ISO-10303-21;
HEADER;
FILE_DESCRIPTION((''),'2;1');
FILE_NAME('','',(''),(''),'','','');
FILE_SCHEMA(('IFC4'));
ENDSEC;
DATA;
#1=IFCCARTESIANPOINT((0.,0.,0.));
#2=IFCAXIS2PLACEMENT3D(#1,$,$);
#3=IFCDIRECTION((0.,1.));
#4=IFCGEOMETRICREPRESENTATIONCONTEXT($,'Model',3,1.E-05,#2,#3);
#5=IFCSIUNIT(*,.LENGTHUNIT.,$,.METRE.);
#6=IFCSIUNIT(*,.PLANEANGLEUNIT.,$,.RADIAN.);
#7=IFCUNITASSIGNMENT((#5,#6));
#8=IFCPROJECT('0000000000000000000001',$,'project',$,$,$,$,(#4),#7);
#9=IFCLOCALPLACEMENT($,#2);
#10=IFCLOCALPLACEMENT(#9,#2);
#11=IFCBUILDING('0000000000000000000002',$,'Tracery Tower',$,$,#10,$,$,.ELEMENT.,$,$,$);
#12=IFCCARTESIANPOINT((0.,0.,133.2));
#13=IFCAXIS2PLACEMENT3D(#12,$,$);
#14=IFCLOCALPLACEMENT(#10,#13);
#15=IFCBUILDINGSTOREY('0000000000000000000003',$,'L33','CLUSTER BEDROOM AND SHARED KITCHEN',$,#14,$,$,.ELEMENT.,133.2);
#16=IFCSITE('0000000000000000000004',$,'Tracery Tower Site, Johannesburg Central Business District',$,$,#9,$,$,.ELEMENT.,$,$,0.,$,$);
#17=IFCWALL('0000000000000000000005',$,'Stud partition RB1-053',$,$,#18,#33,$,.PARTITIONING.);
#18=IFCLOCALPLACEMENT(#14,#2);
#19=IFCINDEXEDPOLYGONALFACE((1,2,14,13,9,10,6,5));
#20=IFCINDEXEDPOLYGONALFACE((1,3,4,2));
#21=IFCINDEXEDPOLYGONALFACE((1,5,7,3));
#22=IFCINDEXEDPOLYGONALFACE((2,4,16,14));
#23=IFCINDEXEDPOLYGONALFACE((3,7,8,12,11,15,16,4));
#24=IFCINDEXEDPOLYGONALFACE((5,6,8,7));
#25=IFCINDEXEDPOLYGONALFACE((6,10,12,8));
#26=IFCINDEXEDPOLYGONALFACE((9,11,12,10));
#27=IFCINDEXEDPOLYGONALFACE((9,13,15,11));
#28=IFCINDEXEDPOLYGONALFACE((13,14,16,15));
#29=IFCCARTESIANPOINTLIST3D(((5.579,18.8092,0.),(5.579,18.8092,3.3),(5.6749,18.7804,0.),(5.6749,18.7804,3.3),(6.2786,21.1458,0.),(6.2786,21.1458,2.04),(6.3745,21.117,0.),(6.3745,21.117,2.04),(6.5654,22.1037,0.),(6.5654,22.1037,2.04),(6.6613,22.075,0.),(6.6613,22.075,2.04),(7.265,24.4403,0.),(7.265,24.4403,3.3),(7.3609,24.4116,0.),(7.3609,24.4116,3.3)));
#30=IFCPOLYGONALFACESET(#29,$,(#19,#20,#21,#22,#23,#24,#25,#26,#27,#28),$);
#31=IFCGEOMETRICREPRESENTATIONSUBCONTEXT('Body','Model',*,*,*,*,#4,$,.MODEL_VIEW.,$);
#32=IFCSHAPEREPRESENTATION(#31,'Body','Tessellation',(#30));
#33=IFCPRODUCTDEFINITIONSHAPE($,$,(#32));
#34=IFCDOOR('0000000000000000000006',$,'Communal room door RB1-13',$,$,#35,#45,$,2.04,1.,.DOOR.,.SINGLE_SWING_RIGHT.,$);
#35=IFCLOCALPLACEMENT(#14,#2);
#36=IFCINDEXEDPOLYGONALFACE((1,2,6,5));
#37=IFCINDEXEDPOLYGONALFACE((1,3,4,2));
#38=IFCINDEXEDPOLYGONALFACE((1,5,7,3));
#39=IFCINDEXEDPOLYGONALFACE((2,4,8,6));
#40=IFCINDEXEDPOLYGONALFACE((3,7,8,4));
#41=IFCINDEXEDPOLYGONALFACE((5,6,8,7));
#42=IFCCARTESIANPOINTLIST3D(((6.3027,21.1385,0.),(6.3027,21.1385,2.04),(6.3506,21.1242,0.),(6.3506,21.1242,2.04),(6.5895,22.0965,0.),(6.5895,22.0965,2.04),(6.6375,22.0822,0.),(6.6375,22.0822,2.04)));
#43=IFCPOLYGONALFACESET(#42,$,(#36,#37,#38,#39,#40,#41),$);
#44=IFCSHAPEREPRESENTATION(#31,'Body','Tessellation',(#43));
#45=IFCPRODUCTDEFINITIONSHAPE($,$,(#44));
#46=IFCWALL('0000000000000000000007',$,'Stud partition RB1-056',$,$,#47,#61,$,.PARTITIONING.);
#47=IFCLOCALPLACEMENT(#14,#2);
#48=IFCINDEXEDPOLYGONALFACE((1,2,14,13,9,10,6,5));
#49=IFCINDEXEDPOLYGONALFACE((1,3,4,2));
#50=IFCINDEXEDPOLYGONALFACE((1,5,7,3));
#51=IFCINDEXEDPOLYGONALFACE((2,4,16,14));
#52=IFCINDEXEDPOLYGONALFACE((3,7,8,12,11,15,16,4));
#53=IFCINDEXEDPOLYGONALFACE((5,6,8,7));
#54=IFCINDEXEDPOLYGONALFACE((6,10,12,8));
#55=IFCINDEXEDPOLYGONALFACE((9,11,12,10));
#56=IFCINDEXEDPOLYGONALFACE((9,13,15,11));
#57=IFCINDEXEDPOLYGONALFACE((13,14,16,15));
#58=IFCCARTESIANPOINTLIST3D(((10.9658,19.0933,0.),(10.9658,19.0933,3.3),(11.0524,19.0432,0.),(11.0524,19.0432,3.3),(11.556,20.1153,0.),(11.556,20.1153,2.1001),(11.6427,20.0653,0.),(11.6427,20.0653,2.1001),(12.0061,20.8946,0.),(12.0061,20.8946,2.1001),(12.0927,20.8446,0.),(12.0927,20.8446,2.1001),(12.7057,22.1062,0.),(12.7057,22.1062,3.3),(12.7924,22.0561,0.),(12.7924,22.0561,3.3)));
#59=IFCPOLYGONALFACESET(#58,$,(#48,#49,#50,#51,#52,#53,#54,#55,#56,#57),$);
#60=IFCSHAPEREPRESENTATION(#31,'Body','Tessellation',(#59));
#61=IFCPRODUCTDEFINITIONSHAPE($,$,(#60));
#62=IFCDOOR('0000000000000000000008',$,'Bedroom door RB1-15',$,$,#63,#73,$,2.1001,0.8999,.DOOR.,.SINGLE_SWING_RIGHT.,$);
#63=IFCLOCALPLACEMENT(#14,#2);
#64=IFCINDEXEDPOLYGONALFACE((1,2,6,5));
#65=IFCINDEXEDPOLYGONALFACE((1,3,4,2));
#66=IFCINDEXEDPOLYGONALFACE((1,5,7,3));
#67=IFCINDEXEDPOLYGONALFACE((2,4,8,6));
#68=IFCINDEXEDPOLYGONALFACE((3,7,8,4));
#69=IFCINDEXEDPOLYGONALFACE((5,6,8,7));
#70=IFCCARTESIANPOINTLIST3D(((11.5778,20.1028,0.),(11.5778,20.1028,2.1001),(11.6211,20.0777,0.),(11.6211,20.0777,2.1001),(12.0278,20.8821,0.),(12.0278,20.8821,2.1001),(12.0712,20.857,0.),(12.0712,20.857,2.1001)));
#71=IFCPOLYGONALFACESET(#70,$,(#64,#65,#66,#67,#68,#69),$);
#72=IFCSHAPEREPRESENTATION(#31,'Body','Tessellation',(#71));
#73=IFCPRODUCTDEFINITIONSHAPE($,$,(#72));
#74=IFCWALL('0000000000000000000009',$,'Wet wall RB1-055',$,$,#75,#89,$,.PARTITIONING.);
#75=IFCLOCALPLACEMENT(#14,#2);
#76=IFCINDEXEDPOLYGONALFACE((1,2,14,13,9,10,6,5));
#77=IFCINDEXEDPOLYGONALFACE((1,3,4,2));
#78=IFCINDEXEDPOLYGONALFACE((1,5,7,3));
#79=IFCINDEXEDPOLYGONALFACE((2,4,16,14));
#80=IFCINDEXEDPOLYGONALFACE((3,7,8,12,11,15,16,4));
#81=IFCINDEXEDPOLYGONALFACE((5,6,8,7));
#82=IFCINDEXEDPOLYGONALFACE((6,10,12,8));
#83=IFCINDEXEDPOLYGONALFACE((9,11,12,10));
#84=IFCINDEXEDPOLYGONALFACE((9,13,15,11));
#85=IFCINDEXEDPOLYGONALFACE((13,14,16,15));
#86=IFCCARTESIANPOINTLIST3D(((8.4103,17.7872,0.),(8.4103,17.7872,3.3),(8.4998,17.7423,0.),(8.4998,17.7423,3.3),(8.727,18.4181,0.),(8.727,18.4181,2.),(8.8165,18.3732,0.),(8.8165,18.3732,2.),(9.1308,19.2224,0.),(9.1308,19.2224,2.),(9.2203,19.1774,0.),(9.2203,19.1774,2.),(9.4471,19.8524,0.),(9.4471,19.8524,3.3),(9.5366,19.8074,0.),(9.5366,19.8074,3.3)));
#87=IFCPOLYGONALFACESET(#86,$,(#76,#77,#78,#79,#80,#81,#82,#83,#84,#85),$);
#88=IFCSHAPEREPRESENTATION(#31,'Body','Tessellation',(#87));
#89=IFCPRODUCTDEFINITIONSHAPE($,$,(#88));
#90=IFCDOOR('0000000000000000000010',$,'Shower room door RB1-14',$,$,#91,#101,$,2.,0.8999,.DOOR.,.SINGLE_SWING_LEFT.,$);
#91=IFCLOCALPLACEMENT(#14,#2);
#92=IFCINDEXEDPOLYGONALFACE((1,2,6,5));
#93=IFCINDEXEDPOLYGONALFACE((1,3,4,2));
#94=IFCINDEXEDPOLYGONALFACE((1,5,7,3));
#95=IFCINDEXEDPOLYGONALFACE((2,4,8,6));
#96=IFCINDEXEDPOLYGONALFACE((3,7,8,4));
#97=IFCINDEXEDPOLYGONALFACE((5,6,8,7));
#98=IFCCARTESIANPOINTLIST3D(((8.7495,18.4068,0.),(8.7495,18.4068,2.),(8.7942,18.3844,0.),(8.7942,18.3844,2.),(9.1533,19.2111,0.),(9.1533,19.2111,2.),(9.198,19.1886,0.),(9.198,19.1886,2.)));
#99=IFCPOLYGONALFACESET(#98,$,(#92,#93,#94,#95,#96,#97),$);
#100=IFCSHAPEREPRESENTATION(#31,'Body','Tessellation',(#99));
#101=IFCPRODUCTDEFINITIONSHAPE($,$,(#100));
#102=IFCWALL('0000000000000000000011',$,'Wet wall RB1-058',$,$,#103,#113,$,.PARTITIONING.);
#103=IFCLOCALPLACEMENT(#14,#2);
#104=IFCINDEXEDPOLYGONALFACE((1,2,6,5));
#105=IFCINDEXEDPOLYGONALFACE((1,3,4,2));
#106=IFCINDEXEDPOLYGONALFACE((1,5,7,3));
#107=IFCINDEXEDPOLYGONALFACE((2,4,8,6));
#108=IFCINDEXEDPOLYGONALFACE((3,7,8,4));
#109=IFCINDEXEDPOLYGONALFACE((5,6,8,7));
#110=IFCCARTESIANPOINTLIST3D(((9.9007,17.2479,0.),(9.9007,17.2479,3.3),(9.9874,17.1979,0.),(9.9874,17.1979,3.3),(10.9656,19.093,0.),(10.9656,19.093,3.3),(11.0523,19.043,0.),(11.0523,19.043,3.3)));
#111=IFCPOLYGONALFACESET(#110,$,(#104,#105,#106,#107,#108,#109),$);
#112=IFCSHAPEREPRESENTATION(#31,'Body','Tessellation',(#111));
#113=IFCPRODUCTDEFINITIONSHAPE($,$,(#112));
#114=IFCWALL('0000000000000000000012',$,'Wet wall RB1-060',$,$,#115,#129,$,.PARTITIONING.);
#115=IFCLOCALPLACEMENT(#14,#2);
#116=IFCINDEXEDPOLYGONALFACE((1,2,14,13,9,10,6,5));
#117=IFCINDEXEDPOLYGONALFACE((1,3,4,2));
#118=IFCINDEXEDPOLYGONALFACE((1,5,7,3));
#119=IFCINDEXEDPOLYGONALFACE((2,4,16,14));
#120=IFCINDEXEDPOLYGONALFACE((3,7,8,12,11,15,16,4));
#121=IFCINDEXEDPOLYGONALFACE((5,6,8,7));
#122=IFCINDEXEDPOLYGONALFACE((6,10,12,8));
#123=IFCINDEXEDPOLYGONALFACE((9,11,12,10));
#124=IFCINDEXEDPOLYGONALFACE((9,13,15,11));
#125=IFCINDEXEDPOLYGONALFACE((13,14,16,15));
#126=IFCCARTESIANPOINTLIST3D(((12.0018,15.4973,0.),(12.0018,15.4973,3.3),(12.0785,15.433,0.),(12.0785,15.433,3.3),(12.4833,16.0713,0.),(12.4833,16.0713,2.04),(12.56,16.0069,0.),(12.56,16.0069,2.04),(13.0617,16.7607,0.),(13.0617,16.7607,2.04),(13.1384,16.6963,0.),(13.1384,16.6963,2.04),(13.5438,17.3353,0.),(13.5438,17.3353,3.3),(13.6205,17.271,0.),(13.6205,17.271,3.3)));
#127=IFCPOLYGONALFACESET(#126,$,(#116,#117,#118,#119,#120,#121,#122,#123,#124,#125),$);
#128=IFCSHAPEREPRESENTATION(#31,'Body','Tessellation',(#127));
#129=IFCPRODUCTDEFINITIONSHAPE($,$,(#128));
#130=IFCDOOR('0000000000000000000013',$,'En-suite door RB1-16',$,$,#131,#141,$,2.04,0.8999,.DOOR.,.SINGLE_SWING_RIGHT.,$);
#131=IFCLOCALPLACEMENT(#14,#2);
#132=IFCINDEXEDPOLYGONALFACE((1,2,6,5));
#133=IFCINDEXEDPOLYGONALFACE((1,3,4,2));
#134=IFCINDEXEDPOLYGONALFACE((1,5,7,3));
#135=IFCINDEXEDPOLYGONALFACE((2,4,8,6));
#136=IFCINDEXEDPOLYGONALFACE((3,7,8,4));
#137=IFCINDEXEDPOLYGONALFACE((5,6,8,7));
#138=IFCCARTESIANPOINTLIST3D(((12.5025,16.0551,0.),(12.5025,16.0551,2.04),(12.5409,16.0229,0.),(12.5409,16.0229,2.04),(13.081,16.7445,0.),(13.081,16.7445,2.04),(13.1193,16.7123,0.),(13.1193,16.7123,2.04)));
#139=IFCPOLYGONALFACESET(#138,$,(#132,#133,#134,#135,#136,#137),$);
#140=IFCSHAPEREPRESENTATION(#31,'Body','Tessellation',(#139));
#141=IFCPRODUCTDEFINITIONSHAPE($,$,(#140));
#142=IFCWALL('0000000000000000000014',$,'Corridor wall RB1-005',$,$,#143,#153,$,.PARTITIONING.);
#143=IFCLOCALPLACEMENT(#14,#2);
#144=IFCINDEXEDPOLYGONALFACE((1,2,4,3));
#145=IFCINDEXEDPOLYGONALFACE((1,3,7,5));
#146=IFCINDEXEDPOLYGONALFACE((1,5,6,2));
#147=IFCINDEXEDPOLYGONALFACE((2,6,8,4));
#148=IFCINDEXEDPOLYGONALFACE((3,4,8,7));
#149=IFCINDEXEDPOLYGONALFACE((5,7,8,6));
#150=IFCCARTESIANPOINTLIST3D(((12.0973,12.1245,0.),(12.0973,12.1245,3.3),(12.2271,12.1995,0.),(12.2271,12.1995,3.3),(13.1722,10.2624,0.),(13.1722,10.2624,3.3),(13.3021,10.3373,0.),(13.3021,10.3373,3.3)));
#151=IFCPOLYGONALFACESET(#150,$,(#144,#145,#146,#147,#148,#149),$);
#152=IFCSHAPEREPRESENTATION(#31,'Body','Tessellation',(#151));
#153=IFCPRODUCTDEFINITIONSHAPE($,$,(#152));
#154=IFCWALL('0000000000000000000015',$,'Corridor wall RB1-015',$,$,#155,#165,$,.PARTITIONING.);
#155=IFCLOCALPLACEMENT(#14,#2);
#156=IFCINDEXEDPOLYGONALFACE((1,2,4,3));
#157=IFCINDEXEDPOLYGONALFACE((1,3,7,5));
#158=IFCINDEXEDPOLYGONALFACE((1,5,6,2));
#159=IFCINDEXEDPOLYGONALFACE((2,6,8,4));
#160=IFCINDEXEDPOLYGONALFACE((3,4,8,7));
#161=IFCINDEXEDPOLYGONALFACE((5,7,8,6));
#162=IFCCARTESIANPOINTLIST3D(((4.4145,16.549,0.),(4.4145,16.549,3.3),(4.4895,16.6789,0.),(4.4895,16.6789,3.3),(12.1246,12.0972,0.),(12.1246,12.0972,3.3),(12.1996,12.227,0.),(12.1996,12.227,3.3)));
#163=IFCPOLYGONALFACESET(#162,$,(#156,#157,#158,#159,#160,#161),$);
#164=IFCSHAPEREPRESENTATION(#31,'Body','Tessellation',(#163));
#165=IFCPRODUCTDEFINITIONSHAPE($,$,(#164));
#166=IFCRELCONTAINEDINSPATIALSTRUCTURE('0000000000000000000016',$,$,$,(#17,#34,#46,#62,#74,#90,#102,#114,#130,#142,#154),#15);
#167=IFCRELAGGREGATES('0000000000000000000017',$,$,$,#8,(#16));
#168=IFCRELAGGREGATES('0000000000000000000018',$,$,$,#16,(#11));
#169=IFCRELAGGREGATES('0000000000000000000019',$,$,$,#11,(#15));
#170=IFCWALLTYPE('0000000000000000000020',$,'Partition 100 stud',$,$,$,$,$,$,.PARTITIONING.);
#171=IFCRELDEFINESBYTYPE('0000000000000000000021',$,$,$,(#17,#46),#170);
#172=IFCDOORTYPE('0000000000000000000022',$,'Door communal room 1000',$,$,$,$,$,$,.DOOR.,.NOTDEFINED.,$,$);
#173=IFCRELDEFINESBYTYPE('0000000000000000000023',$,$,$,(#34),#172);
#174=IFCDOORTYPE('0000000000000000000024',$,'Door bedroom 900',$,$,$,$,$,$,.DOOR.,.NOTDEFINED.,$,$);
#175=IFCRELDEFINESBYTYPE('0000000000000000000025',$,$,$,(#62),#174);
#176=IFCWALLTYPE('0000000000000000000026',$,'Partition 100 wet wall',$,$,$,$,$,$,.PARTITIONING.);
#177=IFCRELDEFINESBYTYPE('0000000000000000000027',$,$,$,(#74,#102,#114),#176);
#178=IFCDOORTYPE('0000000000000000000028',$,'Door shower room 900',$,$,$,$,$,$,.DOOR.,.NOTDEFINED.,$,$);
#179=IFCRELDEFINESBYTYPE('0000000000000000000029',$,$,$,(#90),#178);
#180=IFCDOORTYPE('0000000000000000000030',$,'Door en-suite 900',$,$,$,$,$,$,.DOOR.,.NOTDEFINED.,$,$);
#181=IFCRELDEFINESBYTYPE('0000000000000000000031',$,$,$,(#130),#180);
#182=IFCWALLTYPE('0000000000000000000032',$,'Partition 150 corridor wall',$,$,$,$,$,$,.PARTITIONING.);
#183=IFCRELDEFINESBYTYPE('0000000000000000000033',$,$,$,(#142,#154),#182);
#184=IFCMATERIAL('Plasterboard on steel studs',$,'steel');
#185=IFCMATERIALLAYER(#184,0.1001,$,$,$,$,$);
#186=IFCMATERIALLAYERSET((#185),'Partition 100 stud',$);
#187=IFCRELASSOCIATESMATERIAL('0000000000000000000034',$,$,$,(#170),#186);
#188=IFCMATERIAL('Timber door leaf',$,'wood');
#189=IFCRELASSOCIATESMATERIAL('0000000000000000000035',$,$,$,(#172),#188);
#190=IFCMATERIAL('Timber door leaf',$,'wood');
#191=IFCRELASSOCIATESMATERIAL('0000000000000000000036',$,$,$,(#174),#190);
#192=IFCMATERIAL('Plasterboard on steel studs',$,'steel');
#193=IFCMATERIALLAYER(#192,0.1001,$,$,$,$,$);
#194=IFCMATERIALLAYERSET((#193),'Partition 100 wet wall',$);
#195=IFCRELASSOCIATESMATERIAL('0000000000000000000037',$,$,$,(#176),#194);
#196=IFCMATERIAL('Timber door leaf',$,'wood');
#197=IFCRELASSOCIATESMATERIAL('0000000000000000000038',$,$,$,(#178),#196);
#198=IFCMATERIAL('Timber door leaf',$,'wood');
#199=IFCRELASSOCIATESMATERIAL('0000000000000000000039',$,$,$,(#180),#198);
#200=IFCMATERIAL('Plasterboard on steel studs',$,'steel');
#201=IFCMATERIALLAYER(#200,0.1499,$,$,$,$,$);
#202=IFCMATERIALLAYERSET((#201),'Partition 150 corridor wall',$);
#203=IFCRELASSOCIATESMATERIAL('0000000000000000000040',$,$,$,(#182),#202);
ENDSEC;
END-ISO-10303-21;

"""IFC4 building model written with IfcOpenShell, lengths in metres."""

from ifc_helpers import new_model, si_unit, direction, frame, frame_2d, origin, place, context, subcontext, project, spatial, rectangle, extrude, material, layer, layer_set, type_object, element, fill, save


model = new_model("IFC4")

# Units and contexts
model_context = context("Model", 3, precision=1e-05, world=origin(), true_north=direction((0.0, 1.0)))
body_context = subcontext(model_context, "Body", "Model", "MODEL_VIEW")
ifc_project = project(units=[si_unit("LENGTHUNIT", "METRE"), si_unit("PLANEANGLEUNIT", "RADIAN")], contexts=[model_context])

# Site, building, storey
site_placement = place(None, origin())
site = spatial("IfcSite", under=ifc_project, at=site_placement, Name="Tracery Tower Site, Johannesburg Central Business District", CompositionType="ELEMENT", RefElevation=0.0)
building_placement = place(site_placement, origin())
building = spatial("IfcBuilding", under=site, at=building_placement, Name="Tracery Tower", CompositionType="ELEMENT")
storey_placement = place(building_placement, frame((0.0, 0.0, 133.2)))
storey = spatial("IfcBuildingStorey", under=building, at=storey_placement, Name="L33", Description="CLUSTER BEDROOM AND SHARED KITCHEN", CompositionType="ELEMENT", Elevation=133.2)

# Walls, openings, doors
ifc_material_1 = material(Name="Plasterboard on steel studs", Category="steel")
ifc_layer_1 = layer(ifc_material_1, 0.1001)
ifc_layer_set_1 = layer_set([ifc_layer_1], Name="Partition 100 stud")
wall_type_1 = type_object("IfcWallType", Name="Partition 100 stud", PredefinedType="PARTITIONING", material=ifc_layer_set_1)
wall_1_placement = place(storey_placement, frame((5.627, 18.7949, 0.0), z_axis=(0.0, 0.0, 1.0), x_axis=(0.286833, 0.95798, 0.0)))
wall_1 = element("IfcWall", 1, at=wall_1_placement, inside=storey, type_object=wall_type_1, Name="Stud partition RB1-053", PredefinedType="PARTITIONING", context=body_context, shape_type="SweptSolid", body=[
    extrude(rectangle(XDim=5.8782, YDim=0.1001, at=frame_2d((2.939, 0.0))), origin(), (0.0, 0.0, 1.0), 3.3),
])
opening_1_placement = place(wall_1_placement, frame((2.439, 0.0, 0.0)))
opening_1 = element("IfcOpeningElement", 2, at=opening_1_placement, cuts=wall_1, PredefinedType="OPENING", context=body_context, shape_type="SweptSolid", body=[
    extrude(rectangle(XDim=1.0, YDim=2.04, at=frame_2d((0.5, 1.02))), frame((0.0, 0.05, 0.0), z_axis=(0.0, -1.0, 0.0), x_axis=(1.0, 0.0, 0.0)), (0.0, 0.0, 1.0), 0.1001),
])
ifc_material_2 = material(Name="Timber door leaf", Category="wood")
door_type_1 = type_object("IfcDoorType", Name="Door communal room 1000", OperationType="NOTDEFINED", PredefinedType="DOOR", material=ifc_material_2)
door_1_placement = place(opening_1_placement, origin())
door_1 = element("IfcDoor", 3, at=door_1_placement, inside=storey, type_object=door_type_1, Name="Communal room door RB1-13", OperationType="SINGLE_SWING_RIGHT", OverallHeight=2.04, OverallWidth=1.0, PredefinedType="DOOR", context=body_context, shape_type="SweptSolid", body=[
    extrude(rectangle(XDim=1.0, YDim=2.04, at=frame_2d((0.5, 1.02))), frame((0.0, 0.0249, 0.0), z_axis=(0.0, -1.0, 0.0), x_axis=(1.0, 0.0, 0.0)), (0.0, 0.0, 1.0), 0.05),
])
fill(opening_1, door_1)
wall_2_placement = place(storey_placement, frame((11.009, 19.0681, 0.0), z_axis=(0.0, 0.0, 1.0), x_axis=(0.500101, 0.865967, 0.0)))
wall_2 = element("IfcWall", 4, at=wall_2_placement, inside=storey, type_object=wall_type_1, Name="Stud partition RB1-056", PredefinedType="PARTITIONING", context=body_context, shape_type="SweptSolid", body=[
    extrude(rectangle(XDim=3.4792, YDim=0.1001, at=frame_2d((1.7397, 0.0))), origin(), (0.0, 0.0, 1.0), 3.3),
])
opening_2_placement = place(wall_2_placement, frame((1.1804, 0.0, 0.0)))
opening_2 = element("IfcOpeningElement", 5, at=opening_2_placement, cuts=wall_2, PredefinedType="OPENING", context=body_context, shape_type="SweptSolid", body=[
    extrude(rectangle(XDim=0.8999, YDim=2.1001, at=frame_2d((0.45, 1.05))), frame((0.0, 0.05, 0.0), z_axis=(0.0, -1.0, 0.0), x_axis=(1.0, 0.0, 0.0)), (0.0, 0.0, 1.0), 0.1001),
])
ifc_material_3 = material(Name="Timber door leaf", Category="wood")
door_type_2 = type_object("IfcDoorType", Name="Door bedroom 900", OperationType="NOTDEFINED", PredefinedType="DOOR", material=ifc_material_3)
door_2_placement = place(opening_2_placement, origin())
door_2 = element("IfcDoor", 6, at=door_2_placement, inside=storey, type_object=door_type_2, Name="Bedroom door RB1-15", OperationType="SINGLE_SWING_RIGHT", OverallHeight=2.1001, OverallWidth=0.8999, PredefinedType="DOOR", context=body_context, shape_type="SweptSolid", body=[
    extrude(rectangle(XDim=0.8999, YDim=2.1001, at=frame_2d((0.45, 1.05))), frame((0.0, 0.0249, 0.0), z_axis=(0.0, -1.0, 0.0), x_axis=(1.0, 0.0, 0.0)), (0.0, 0.0, 1.0), 0.05),
])
fill(opening_2, door_2)
ifc_material_4 = material(Name="Plasterboard on steel studs", Category="steel")
ifc_layer_2 = layer(ifc_material_4, 0.1001)
ifc_layer_set_2 = layer_set([ifc_layer_2], Name="Partition 100 wet wall")
wall_type_2 = type_object("IfcWallType", Name="Partition 100 wet wall", PredefinedType="PARTITIONING", material=ifc_layer_set_2)
wall_3_placement = place(storey_placement, frame((8.4551, 17.7649, 0.0), z_axis=(0.0, 0.0, 1.0), x_axis=(0.448692, 0.893686, 0.0)))
wall_3 = element("IfcWall", 7, at=wall_3_placement, inside=storey, type_object=wall_type_2, Name="Wet wall RB1-055", PredefinedType="PARTITIONING", context=body_context, shape_type="SweptSolid", body=[
    extrude(rectangle(XDim=2.3108, YDim=0.1001, at=frame_2d((1.1553, 0.0))), origin(), (0.0, 0.0, 1.0), 3.3),
])
opening_3_placement = place(wall_3_placement, frame((0.7058, 0.0, 0.0)))
opening_3 = element("IfcOpeningElement", 8, at=opening_3_placement, cuts=wall_3, PredefinedType="OPENING", context=body_context, shape_type="SweptSolid", body=[
    extrude(rectangle(XDim=0.8999, YDim=2.0, at=frame_2d((0.45, 1.0))), frame((0.0, 0.05, 0.0), z_axis=(0.0, -1.0, 0.0), x_axis=(1.0, 0.0, 0.0)), (0.0, 0.0, 1.0), 0.1001),
])
ifc_material_5 = material(Name="Timber door leaf", Category="wood")
door_type_3 = type_object("IfcDoorType", Name="Door shower room 900", OperationType="NOTDEFINED", PredefinedType="DOOR", material=ifc_material_5)
door_3_placement = place(opening_3_placement, origin())
door_3 = element("IfcDoor", 9, at=door_3_placement, inside=storey, type_object=door_type_3, Name="Shower room door RB1-14", OperationType="SINGLE_SWING_LEFT", OverallHeight=2.0, OverallWidth=0.8999, PredefinedType="DOOR", context=body_context, shape_type="SweptSolid", body=[
    extrude(rectangle(XDim=0.8999, YDim=2.0, at=frame_2d((0.45, 1.0))), frame((0.0, 0.0249, 0.0), z_axis=(0.0, -1.0, 0.0), x_axis=(1.0, 0.0, 0.0)), (0.0, 0.0, 1.0), 0.05),
])
fill(opening_3, door_3)

# Wall
wall_4_placement = place(storey_placement, frame((9.9441, 17.2229, 0.0), z_axis=(0.0, 0.0, 1.0), x_axis=(0.499861, 0.866105, 0.0)))
element("IfcWall", 10, at=wall_4_placement, inside=storey, type_object=wall_type_2, Name="Wet wall RB1-058", PredefinedType="PARTITIONING", context=body_context, shape_type="SweptSolid", body=[
    extrude(rectangle(XDim=2.1304, YDim=0.1001, at=frame_2d((1.0652, 0.0))), origin(), (0.0, 0.0, 1.0), 3.3),
])

# Wall, opening, door
wall_5_placement = place(storey_placement, frame((12.04, 15.4651, 0.0), z_axis=(0.0, 0.0, 1.0), x_axis=(0.642743, 0.766082, 0.0)))
wall_5 = element("IfcWall", 11, at=wall_5_placement, inside=storey, type_object=wall_type_2, Name="Wet wall RB1-060", PredefinedType="PARTITIONING", context=body_context, shape_type="SweptSolid", body=[
    extrude(rectangle(XDim=2.3992, YDim=0.1001, at=frame_2d((1.1997, 0.0))), origin(), (0.0, 0.0, 1.0), 3.3),
])
opening_4_placement = place(wall_5_placement, frame((0.7493, 0.0, 0.0)))
opening_4 = element("IfcOpeningElement", 12, at=opening_4_placement, cuts=wall_5, PredefinedType="OPENING", context=body_context, shape_type="SweptSolid", body=[
    extrude(rectangle(XDim=0.8999, YDim=2.04, at=frame_2d((0.45, 1.02))), frame((0.0, 0.05, 0.0), z_axis=(0.0, -1.0, 0.0), x_axis=(1.0, 0.0, 0.0)), (0.0, 0.0, 1.0), 0.1001),
])
ifc_material_6 = material(Name="Timber door leaf", Category="wood")
door_type_4 = type_object("IfcDoorType", Name="Door en-suite 900", OperationType="NOTDEFINED", PredefinedType="DOOR", material=ifc_material_6)
door_4_placement = place(opening_4_placement, origin())
door_4 = element("IfcDoor", 13, at=door_4_placement, inside=storey, type_object=door_type_4, Name="En-suite door RB1-16", OperationType="SINGLE_SWING_RIGHT", OverallHeight=2.04, OverallWidth=0.8999, PredefinedType="DOOR", context=body_context, shape_type="SweptSolid", body=[
    extrude(rectangle(XDim=0.8999, YDim=2.04, at=frame_2d((0.45, 1.02))), frame((0.0, 0.0249, 0.0), z_axis=(0.0, -1.0, 0.0), x_axis=(1.0, 0.0, 0.0)), (0.0, 0.0, 1.0), 0.05),
])
fill(opening_4, door_4)

# Walls
ifc_material_7 = material(Name="Plasterboard on steel studs", Category="steel")
ifc_layer_3 = layer(ifc_material_7, 0.1499)
ifc_layer_set_3 = layer_set([ifc_layer_3], Name="Partition 150 corridor wall")
wall_type_3 = type_object("IfcWallType", Name="Partition 150 corridor wall", PredefinedType="PARTITIONING", material=ifc_layer_set_3)
wall_6_placement = place(storey_placement, frame((12.1621, 12.1621, 0.0), z_axis=(0.0, 0.0, 1.0), x_axis=(0.499962, -0.866048, 0.0)))
element("IfcWall", 14, at=wall_6_placement, inside=storey, type_object=wall_type_3, Name="Corridor wall RB1-005", PredefinedType="PARTITIONING", context=body_context, shape_type="SweptSolid", body=[
    extrude(rectangle(XDim=2.1501, YDim=0.1499, at=frame_2d((1.0752, 0.0))), origin(), (0.0, 0.0, 1.0), 3.3),
])
wall_7_placement = place(storey_placement, frame((4.4519, 16.614, 0.0), z_axis=(0.0, 0.0, 1.0), x_axis=(0.866005, -0.500035, 0.0)))
element("IfcWall", 15, at=wall_7_placement, inside=storey, type_object=wall_type_3, Name="Corridor wall RB1-015", PredefinedType="PARTITIONING", context=body_context, shape_type="SweptSolid", body=[
    extrude(rectangle(XDim=8.9031, YDim=0.1499, at=frame_2d((4.4517, 0.0))), origin(), (0.0, 0.0, 1.0), 3.3),
])

save(model, "model.ifc")
